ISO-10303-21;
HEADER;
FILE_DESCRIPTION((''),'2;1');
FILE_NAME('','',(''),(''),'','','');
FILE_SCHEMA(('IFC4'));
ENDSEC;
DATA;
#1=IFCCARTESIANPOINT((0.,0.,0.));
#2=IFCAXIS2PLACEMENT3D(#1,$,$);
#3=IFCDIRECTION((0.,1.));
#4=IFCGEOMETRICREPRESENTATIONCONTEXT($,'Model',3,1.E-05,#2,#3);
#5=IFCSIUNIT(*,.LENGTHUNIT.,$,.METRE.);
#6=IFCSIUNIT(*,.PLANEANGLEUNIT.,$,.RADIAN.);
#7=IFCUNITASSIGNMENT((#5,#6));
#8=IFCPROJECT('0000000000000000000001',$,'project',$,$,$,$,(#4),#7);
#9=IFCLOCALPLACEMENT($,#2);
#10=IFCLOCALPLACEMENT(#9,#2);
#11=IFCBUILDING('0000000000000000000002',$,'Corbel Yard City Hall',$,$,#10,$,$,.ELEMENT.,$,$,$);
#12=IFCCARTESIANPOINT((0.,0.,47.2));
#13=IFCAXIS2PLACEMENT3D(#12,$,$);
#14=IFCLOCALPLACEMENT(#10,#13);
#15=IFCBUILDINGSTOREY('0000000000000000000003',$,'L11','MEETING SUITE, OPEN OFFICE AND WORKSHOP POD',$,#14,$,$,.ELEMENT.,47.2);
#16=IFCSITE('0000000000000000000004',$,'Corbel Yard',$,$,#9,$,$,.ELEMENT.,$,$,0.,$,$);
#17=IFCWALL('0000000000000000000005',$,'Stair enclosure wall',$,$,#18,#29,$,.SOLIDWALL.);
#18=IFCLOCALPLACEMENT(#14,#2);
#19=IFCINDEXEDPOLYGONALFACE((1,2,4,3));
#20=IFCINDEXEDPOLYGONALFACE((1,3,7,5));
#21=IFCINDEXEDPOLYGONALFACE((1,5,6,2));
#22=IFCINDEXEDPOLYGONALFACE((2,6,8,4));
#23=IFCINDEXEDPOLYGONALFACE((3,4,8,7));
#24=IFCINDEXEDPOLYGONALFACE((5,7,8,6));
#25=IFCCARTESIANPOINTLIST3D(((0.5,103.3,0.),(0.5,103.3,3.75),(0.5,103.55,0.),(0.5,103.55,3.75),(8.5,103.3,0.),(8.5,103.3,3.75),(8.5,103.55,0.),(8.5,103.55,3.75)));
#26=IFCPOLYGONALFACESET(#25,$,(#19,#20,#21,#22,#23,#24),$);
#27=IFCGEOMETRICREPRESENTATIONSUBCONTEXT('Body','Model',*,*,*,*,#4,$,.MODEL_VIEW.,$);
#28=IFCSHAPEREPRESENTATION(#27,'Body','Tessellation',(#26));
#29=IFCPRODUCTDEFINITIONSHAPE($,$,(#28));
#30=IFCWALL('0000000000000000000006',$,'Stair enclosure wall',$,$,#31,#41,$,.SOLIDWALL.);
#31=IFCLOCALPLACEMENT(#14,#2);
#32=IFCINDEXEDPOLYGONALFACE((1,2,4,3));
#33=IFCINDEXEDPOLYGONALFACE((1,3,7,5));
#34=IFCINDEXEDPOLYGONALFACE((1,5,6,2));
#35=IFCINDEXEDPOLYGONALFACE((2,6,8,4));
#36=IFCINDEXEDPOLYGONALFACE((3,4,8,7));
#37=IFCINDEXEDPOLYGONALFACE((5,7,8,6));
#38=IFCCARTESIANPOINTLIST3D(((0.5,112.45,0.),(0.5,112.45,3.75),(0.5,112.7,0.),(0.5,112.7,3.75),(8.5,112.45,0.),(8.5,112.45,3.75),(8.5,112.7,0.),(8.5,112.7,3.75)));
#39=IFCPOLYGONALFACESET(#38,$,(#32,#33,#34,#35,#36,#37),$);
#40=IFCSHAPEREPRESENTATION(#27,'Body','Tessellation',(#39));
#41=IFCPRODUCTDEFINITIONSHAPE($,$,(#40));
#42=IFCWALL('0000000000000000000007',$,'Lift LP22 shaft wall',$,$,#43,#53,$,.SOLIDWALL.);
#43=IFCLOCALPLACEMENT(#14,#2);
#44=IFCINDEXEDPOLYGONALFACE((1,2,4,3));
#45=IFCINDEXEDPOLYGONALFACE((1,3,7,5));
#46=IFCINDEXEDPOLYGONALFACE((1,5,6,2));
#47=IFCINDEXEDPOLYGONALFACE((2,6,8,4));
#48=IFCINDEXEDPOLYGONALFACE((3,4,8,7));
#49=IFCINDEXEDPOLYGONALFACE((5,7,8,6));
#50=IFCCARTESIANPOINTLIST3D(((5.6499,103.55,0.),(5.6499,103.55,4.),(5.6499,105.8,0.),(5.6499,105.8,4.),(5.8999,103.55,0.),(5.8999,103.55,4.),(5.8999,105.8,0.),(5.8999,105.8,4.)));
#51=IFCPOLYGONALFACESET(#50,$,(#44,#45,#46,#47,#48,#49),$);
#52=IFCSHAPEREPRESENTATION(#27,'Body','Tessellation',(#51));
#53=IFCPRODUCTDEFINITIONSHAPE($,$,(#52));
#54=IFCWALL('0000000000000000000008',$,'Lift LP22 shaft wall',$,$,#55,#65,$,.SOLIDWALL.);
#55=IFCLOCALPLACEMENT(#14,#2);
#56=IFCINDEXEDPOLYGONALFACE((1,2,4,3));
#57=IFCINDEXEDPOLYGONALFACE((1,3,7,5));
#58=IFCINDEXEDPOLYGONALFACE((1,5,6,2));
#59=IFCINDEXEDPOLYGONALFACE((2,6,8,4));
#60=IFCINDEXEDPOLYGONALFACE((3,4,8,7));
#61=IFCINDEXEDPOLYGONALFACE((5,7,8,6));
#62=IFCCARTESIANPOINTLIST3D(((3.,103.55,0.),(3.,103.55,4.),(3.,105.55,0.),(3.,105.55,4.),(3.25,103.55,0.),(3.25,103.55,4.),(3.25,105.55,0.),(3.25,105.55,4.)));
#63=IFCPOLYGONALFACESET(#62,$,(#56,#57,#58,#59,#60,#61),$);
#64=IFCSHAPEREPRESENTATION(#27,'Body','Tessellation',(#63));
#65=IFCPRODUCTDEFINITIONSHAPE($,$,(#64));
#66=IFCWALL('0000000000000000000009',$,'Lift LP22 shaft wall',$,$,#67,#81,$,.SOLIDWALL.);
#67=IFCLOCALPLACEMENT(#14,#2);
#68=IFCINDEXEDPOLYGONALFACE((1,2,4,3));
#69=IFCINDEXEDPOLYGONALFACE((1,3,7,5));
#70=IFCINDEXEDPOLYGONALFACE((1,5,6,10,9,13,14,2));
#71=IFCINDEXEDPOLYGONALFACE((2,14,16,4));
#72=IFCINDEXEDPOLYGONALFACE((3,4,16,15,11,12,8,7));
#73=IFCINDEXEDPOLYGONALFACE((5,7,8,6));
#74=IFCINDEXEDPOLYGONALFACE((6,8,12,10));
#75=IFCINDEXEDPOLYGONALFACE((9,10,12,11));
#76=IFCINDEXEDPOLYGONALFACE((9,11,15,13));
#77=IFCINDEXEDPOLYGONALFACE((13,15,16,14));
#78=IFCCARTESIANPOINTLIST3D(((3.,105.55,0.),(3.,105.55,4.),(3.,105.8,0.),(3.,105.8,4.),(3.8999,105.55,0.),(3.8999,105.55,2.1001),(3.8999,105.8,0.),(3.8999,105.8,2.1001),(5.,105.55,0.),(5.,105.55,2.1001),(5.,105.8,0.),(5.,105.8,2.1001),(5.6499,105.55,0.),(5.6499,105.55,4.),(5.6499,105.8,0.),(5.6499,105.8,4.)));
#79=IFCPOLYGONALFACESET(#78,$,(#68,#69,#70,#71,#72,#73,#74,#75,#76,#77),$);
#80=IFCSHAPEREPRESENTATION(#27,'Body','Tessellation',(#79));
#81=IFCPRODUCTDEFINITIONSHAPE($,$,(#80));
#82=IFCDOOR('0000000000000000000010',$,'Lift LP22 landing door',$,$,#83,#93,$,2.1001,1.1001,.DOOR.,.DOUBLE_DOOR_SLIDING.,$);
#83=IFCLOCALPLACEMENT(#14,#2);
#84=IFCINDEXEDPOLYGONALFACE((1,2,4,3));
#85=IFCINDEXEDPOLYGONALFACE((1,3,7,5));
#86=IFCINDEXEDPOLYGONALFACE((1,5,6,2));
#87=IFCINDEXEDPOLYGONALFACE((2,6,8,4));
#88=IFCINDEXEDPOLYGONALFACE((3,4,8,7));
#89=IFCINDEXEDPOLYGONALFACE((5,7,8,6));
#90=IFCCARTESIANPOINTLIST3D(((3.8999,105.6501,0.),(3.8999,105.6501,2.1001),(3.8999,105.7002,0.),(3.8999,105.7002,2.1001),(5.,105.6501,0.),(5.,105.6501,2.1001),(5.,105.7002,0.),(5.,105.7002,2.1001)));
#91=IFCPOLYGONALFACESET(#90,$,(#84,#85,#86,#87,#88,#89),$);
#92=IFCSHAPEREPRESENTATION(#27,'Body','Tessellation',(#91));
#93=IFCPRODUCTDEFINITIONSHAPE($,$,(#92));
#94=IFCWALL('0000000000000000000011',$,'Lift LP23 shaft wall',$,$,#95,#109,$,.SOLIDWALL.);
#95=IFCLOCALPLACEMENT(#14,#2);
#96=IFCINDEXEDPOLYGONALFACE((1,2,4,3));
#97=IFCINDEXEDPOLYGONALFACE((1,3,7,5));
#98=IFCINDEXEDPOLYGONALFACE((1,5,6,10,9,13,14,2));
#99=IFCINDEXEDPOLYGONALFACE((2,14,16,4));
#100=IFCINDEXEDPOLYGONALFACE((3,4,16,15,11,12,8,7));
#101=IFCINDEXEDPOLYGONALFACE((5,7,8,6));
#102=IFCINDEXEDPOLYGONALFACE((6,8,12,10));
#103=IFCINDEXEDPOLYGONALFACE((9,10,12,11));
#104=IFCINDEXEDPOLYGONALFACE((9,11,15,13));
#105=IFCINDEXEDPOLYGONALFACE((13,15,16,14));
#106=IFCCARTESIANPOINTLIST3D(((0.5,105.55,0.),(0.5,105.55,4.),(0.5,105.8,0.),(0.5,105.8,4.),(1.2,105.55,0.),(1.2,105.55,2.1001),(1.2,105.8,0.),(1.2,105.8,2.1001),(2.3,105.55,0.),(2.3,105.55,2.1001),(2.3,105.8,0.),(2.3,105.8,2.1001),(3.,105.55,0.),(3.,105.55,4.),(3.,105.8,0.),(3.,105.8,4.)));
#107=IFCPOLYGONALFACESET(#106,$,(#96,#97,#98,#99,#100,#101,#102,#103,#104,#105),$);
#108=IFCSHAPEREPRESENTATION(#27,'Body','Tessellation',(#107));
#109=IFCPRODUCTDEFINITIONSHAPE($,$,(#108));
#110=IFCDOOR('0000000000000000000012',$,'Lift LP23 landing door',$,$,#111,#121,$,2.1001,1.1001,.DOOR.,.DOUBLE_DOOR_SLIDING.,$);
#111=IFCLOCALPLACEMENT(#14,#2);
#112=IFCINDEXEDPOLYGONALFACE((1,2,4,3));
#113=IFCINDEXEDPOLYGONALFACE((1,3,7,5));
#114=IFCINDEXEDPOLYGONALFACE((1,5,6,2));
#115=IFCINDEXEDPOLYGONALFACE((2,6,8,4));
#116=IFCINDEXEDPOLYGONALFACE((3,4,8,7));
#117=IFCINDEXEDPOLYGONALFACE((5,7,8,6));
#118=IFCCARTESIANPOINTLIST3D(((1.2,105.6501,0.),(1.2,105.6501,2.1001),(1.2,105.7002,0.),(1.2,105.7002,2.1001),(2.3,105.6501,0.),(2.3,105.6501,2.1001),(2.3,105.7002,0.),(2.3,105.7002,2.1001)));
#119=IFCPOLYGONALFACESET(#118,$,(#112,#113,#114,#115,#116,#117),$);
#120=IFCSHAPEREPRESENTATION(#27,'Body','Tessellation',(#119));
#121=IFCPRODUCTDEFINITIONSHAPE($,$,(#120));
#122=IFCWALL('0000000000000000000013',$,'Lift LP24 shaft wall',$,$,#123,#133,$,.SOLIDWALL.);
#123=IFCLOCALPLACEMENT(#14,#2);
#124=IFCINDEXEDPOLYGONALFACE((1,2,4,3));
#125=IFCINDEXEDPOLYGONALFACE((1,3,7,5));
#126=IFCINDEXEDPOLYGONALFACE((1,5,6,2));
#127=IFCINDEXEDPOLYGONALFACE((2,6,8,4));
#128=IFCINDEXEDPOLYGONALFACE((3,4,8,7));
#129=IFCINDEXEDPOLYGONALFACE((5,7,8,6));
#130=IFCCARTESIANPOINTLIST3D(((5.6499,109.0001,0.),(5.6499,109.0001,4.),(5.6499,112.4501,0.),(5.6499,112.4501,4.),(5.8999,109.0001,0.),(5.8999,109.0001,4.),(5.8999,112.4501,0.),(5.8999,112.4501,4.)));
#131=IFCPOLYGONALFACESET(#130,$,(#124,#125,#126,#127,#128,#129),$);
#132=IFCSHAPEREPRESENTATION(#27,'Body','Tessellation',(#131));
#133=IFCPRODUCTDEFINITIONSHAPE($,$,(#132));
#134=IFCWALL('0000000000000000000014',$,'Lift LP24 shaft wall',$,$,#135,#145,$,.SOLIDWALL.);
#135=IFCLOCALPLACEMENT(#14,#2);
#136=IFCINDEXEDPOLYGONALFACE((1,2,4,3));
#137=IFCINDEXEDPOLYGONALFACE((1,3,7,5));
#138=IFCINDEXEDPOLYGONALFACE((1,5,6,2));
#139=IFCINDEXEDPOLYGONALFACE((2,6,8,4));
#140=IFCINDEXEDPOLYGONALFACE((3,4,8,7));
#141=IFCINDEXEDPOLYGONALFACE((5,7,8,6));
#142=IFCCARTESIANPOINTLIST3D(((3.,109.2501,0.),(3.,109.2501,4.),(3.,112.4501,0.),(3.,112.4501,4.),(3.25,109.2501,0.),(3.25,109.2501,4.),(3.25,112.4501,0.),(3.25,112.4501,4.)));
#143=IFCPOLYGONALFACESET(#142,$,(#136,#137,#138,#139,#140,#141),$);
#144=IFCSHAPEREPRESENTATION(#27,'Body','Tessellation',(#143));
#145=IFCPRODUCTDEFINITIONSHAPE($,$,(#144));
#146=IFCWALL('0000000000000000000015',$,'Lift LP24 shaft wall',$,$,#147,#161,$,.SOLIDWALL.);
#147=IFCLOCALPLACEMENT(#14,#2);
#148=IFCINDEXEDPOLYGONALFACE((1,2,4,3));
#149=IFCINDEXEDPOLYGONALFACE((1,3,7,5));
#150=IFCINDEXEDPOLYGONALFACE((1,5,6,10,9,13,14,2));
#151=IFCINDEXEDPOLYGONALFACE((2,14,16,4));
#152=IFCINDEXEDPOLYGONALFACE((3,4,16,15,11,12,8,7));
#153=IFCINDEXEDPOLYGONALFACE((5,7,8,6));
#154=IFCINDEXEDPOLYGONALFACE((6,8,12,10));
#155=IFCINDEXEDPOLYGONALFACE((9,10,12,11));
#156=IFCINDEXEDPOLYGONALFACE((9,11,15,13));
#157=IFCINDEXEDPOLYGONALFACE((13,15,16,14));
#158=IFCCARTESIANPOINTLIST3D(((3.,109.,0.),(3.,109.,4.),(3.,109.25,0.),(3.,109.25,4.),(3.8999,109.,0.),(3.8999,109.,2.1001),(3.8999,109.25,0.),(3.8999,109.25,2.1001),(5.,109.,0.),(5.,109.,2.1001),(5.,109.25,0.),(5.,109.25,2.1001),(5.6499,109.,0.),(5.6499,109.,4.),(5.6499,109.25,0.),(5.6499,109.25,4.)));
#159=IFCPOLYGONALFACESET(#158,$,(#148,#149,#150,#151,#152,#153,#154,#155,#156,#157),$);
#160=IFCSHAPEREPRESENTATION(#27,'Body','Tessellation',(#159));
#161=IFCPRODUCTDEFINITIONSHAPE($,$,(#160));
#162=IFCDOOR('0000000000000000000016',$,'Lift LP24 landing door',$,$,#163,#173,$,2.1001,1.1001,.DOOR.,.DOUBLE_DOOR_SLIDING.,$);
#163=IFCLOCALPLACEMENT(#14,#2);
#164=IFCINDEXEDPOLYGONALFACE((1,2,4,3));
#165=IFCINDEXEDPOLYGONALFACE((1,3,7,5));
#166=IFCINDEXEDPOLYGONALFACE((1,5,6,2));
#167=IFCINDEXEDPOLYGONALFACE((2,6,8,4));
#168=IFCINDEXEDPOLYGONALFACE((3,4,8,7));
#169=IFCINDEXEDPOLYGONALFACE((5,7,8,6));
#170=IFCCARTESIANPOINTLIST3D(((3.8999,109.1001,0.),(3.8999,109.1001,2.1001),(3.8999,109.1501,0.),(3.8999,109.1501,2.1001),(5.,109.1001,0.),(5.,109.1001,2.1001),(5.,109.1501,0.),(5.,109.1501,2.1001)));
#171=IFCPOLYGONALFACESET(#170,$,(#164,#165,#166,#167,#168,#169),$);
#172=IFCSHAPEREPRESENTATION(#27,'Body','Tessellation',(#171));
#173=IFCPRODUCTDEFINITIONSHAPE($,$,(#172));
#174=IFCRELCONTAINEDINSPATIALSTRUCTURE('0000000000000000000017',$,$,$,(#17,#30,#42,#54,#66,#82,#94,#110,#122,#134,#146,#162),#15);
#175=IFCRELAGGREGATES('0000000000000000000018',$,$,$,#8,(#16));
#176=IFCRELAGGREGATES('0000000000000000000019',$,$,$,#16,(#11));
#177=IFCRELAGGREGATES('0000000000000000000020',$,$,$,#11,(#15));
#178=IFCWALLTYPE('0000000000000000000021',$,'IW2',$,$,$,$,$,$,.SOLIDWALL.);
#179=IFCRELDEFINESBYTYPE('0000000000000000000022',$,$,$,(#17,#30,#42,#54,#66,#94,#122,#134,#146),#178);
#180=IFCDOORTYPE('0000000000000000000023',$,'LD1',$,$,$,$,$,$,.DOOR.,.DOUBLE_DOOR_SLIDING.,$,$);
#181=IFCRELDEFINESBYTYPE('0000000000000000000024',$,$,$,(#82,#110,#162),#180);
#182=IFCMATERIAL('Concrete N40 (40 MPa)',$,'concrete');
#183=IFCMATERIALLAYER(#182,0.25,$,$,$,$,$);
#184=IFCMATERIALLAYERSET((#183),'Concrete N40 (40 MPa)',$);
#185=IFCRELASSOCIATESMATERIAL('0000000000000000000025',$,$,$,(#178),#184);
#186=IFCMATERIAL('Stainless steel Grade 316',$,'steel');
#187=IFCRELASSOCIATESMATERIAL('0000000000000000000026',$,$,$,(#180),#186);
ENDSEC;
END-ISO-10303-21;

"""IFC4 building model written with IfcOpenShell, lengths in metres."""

from ifc_helpers import new_model, si_unit, direction, frame, frame_2d, origin, place, context, subcontext, project, spatial, rectangle, extrude, material, layer, layer_set, type_object, element, fill, save


model = new_model("IFC4")

# Units and contexts
model_context = context("Model", 3, precision=1e-05, world=origin(), true_north=direction((0.0, 1.0)))
body_context = subcontext(model_context, "Body", "Model", "MODEL_VIEW")
ifc_project = project(units=[si_unit("LENGTHUNIT", "METRE"), si_unit("PLANEANGLEUNIT", "RADIAN")], contexts=[model_context])

# Site, building, storey
site_placement = place(None, origin())
site = spatial("IfcSite", under=ifc_project, at=site_placement, Name="Corbel Yard", CompositionType="ELEMENT", RefElevation=0.0)
building_placement = place(site_placement, origin())
building = spatial("IfcBuilding", under=site, at=building_placement, Name="Corbel Yard City Hall", CompositionType="ELEMENT")
storey_placement = place(building_placement, frame((0.0, 0.0, 47.2)))
storey = spatial("IfcBuildingStorey", under=building, at=storey_placement, Name="L11", Description="MEETING SUITE, OPEN OFFICE AND WORKSHOP POD", CompositionType="ELEMENT", Elevation=47.2)

# Walls
ifc_material_1 = material(Name="Concrete N40 (40 MPa)", Category="concrete")
ifc_layer_1 = layer(ifc_material_1, 0.25)
ifc_layer_set_1 = layer_set([ifc_layer_1], Name="Concrete N40 (40 MPa)")
wall_type_1 = type_object("IfcWallType", Name="IW2", PredefinedType="SOLIDWALL", material=ifc_layer_set_1)
for number, where, z_axis, x_axis, name in (
    (1, (8.5, 103.425, 0.0), (0.0, 0.0, 1.0), (-1.0, 0.0, 0.0), "Stair enclosure wall"),
    (2, (8.5, 112.575, 0.0), (0.0, 0.0, 1.0), (-1.0, 0.0, 0.0), "Stair enclosure wall"),
):
    element("IfcWall", number, at=place(storey_placement, frame(where, z_axis=z_axis, x_axis=x_axis)), inside=storey, type_object=wall_type_1, Name=name, PredefinedType="SOLIDWALL", context=body_context, shape_type="SweptSolid", body=[
        extrude(rectangle(XDim=8.0, YDim=0.25, at=frame_2d((4.0, 0.0))), origin(), (0.0, 0.0, 1.0), 3.75),
    ])
wall_1_placement = place(storey_placement, frame((5.7749, 103.55, 0.0), z_axis=(0.0, 0.0, 1.0), x_axis=(0.0, 1.0, 0.0)))
element("IfcWall", 3, at=wall_1_placement, inside=storey, type_object=wall_type_1, Name="Lift LP22 shaft wall", PredefinedType="SOLIDWALL", context=body_context, shape_type="SweptSolid", body=[
    extrude(rectangle(XDim=2.25, YDim=0.25, at=frame_2d((1.125, 0.0))), origin(), (0.0, 0.0, 1.0), 4.0),
])
wall_2_placement = place(storey_placement, frame((3.125, 103.55, 0.0), z_axis=(0.0, 0.0, 1.0), x_axis=(0.0, 1.0, 0.0)))
element("IfcWall", 4, at=wall_2_placement, inside=storey, type_object=wall_type_1, Name="Lift LP22 shaft wall", PredefinedType="SOLIDWALL", context=body_context, shape_type="SweptSolid", body=[
    extrude(rectangle(XDim=2.0, YDim=0.25, at=frame_2d((1.0, 0.0))), origin(), (0.0, 0.0, 1.0), 4.0),
])

# Walls, openings, doors
wall_3_placement = place(storey_placement, frame((5.6499, 105.675, 0.0), z_axis=(0.0, 0.0, 1.0), x_axis=(-1.0, 0.0, 0.0)))
wall_3 = element("IfcWall", 5, at=wall_3_placement, inside=storey, type_object=wall_type_1, Name="Lift LP22 shaft wall", PredefinedType="SOLIDWALL", context=body_context, shape_type="SweptSolid", body=[
    extrude(rectangle(XDim=2.6499, YDim=0.25, at=frame_2d((1.325, 0.0))), origin(), (0.0, 0.0, 1.0), 4.0),
])
opening_1_placement = place(wall_3_placement, frame((0.6499, 0.0, 0.0)))
opening_1 = element("IfcOpeningElement", 6, at=opening_1_placement, cuts=wall_3, PredefinedType="OPENING", context=body_context, shape_type="SweptSolid", body=[
    extrude(rectangle(XDim=1.1001, YDim=2.1001, at=frame_2d((0.55, 1.05))), frame((0.0, 0.135, 0.0), z_axis=(0.0, -1.0, 0.0), x_axis=(1.0, 0.0, 0.0)), (0.0, 0.0, 1.0), 0.27),
])
ifc_material_2 = material(Name="Stainless steel Grade 316", Category="steel")
door_type_1 = type_object("IfcDoorType", Name="LD1", OperationType="DOUBLE_DOOR_SLIDING", PredefinedType="DOOR", material=ifc_material_2)
door_1_placement = place(opening_1_placement, origin())
door_1 = element("IfcDoor", 7, at=door_1_placement, inside=storey, type_object=door_type_1, Name="Lift LP22 landing door", OperationType="DOUBLE_DOOR_SLIDING", OverallHeight=2.1001, OverallWidth=1.1001, PredefinedType="DOOR", context=body_context, shape_type="SweptSolid", body=[
    extrude(rectangle(XDim=1.1001, YDim=2.1001, at=frame_2d((0.55, 1.05))), frame((0.0, 0.0249, 0.0), z_axis=(0.0, -1.0, 0.0), x_axis=(1.0, 0.0, 0.0)), (0.0, 0.0, 1.0), 0.05),
])
fill(opening_1, door_1)
wall_4_placement = place(storey_placement, frame((3.0, 105.675, 0.0), z_axis=(0.0, 0.0, 1.0), x_axis=(-1.0, 0.0, 0.0)))
wall_4 = element("IfcWall", 8, at=wall_4_placement, inside=storey, type_object=wall_type_1, Name="Lift LP23 shaft wall", PredefinedType="SOLIDWALL", context=body_context, shape_type="SweptSolid", body=[
    extrude(rectangle(XDim=2.5, YDim=0.25, at=frame_2d((1.25, 0.0))), origin(), (0.0, 0.0, 1.0), 4.0),
])
opening_2_placement = place(wall_4_placement, frame((0.7, 0.0, 0.0)))
opening_2 = element("IfcOpeningElement", 9, at=opening_2_placement, cuts=wall_4, PredefinedType="OPENING", context=body_context, shape_type="SweptSolid", body=[
    extrude(rectangle(XDim=1.1001, YDim=2.1001, at=frame_2d((0.55, 1.05))), frame((0.0, 0.135, 0.0), z_axis=(0.0, -1.0, 0.0), x_axis=(1.0, 0.0, 0.0)), (0.0, 0.0, 1.0), 0.27),
])
door_2_placement = place(opening_2_placement, origin())
door_2 = element("IfcDoor", 10, at=door_2_placement, inside=storey, type_object=door_type_1, Name="Lift LP23 landing door", OperationType="DOUBLE_DOOR_SLIDING", OverallHeight=2.1001, OverallWidth=1.1001, PredefinedType="DOOR", context=body_context, shape_type="SweptSolid", body=[
    extrude(rectangle(XDim=1.1001, YDim=2.1001, at=frame_2d((0.55, 1.05))), frame((0.0, 0.0249, 0.0), z_axis=(0.0, -1.0, 0.0), x_axis=(1.0, 0.0, 0.0)), (0.0, 0.0, 1.0), 0.05),
])
fill(opening_2, door_2)

# Walls
wall_5_placement = place(storey_placement, frame((5.7749, 109.0, 0.0), z_axis=(0.0, 0.0, 1.0), x_axis=(0.0, 1.0, 0.0)))
element("IfcWall", 11, at=wall_5_placement, inside=storey, type_object=wall_type_1, Name="Lift LP24 shaft wall", PredefinedType="SOLIDWALL", context=body_context, shape_type="SweptSolid", body=[
    extrude(rectangle(XDim=3.45, YDim=0.25, at=frame_2d((1.7251, 0.0))), origin(), (0.0, 0.0, 1.0), 4.0),
])
wall_6_placement = place(storey_placement, frame((3.125, 109.25, 0.0), z_axis=(0.0, 0.0, 1.0), x_axis=(0.0, 1.0, 0.0)))
element("IfcWall", 12, at=wall_6_placement, inside=storey, type_object=wall_type_1, Name="Lift LP24 shaft wall", PredefinedType="SOLIDWALL", context=body_context, shape_type="SweptSolid", body=[
    extrude(rectangle(XDim=3.2, YDim=0.25, at=frame_2d((1.6001, 0.0))), origin(), (0.0, 0.0, 1.0), 4.0),
])

# Wall, opening, door
wall_7_placement = place(storey_placement, frame((5.6499, 109.125, 0.0), z_axis=(0.0, 0.0, 1.0), x_axis=(-1.0, 0.0, 0.0)))
wall_7 = element("IfcWall", 13, at=wall_7_placement, inside=storey, type_object=wall_type_1, Name="Lift LP24 shaft wall", PredefinedType="SOLIDWALL", context=body_context, shape_type="SweptSolid", body=[
    extrude(rectangle(XDim=2.6499, YDim=0.25, at=frame_2d((1.325, 0.0))), origin(), (0.0, 0.0, 1.0), 4.0),
])
opening_3_placement = place(wall_7_placement, frame((0.6499, 0.0, 0.0)))
opening_3 = element("IfcOpeningElement", 14, at=opening_3_placement, cuts=wall_7, PredefinedType="OPENING", context=body_context, shape_type="SweptSolid", body=[
    extrude(rectangle(XDim=1.1001, YDim=2.1001, at=frame_2d((0.55, 1.05))), frame((0.0, 0.135, 0.0), z_axis=(0.0, -1.0, 0.0), x_axis=(1.0, 0.0, 0.0)), (0.0, 0.0, 1.0), 0.27),
])
door_3_placement = place(opening_3_placement, origin())
door_3 = element("IfcDoor", 15, at=door_3_placement, inside=storey, type_object=door_type_1, Name="Lift LP24 landing door", OperationType="DOUBLE_DOOR_SLIDING", OverallHeight=2.1001, OverallWidth=1.1001, PredefinedType="DOOR", context=body_context, shape_type="SweptSolid", body=[
    extrude(rectangle(XDim=1.1001, YDim=2.1001, at=frame_2d((0.55, 1.05))), frame((0.0, 0.0249, 0.0), z_axis=(0.0, -1.0, 0.0), x_axis=(1.0, 0.0, 0.0)), (0.0, 0.0, 1.0), 0.05),
])
fill(opening_3, door_3)

save(model, "model.ifc")
